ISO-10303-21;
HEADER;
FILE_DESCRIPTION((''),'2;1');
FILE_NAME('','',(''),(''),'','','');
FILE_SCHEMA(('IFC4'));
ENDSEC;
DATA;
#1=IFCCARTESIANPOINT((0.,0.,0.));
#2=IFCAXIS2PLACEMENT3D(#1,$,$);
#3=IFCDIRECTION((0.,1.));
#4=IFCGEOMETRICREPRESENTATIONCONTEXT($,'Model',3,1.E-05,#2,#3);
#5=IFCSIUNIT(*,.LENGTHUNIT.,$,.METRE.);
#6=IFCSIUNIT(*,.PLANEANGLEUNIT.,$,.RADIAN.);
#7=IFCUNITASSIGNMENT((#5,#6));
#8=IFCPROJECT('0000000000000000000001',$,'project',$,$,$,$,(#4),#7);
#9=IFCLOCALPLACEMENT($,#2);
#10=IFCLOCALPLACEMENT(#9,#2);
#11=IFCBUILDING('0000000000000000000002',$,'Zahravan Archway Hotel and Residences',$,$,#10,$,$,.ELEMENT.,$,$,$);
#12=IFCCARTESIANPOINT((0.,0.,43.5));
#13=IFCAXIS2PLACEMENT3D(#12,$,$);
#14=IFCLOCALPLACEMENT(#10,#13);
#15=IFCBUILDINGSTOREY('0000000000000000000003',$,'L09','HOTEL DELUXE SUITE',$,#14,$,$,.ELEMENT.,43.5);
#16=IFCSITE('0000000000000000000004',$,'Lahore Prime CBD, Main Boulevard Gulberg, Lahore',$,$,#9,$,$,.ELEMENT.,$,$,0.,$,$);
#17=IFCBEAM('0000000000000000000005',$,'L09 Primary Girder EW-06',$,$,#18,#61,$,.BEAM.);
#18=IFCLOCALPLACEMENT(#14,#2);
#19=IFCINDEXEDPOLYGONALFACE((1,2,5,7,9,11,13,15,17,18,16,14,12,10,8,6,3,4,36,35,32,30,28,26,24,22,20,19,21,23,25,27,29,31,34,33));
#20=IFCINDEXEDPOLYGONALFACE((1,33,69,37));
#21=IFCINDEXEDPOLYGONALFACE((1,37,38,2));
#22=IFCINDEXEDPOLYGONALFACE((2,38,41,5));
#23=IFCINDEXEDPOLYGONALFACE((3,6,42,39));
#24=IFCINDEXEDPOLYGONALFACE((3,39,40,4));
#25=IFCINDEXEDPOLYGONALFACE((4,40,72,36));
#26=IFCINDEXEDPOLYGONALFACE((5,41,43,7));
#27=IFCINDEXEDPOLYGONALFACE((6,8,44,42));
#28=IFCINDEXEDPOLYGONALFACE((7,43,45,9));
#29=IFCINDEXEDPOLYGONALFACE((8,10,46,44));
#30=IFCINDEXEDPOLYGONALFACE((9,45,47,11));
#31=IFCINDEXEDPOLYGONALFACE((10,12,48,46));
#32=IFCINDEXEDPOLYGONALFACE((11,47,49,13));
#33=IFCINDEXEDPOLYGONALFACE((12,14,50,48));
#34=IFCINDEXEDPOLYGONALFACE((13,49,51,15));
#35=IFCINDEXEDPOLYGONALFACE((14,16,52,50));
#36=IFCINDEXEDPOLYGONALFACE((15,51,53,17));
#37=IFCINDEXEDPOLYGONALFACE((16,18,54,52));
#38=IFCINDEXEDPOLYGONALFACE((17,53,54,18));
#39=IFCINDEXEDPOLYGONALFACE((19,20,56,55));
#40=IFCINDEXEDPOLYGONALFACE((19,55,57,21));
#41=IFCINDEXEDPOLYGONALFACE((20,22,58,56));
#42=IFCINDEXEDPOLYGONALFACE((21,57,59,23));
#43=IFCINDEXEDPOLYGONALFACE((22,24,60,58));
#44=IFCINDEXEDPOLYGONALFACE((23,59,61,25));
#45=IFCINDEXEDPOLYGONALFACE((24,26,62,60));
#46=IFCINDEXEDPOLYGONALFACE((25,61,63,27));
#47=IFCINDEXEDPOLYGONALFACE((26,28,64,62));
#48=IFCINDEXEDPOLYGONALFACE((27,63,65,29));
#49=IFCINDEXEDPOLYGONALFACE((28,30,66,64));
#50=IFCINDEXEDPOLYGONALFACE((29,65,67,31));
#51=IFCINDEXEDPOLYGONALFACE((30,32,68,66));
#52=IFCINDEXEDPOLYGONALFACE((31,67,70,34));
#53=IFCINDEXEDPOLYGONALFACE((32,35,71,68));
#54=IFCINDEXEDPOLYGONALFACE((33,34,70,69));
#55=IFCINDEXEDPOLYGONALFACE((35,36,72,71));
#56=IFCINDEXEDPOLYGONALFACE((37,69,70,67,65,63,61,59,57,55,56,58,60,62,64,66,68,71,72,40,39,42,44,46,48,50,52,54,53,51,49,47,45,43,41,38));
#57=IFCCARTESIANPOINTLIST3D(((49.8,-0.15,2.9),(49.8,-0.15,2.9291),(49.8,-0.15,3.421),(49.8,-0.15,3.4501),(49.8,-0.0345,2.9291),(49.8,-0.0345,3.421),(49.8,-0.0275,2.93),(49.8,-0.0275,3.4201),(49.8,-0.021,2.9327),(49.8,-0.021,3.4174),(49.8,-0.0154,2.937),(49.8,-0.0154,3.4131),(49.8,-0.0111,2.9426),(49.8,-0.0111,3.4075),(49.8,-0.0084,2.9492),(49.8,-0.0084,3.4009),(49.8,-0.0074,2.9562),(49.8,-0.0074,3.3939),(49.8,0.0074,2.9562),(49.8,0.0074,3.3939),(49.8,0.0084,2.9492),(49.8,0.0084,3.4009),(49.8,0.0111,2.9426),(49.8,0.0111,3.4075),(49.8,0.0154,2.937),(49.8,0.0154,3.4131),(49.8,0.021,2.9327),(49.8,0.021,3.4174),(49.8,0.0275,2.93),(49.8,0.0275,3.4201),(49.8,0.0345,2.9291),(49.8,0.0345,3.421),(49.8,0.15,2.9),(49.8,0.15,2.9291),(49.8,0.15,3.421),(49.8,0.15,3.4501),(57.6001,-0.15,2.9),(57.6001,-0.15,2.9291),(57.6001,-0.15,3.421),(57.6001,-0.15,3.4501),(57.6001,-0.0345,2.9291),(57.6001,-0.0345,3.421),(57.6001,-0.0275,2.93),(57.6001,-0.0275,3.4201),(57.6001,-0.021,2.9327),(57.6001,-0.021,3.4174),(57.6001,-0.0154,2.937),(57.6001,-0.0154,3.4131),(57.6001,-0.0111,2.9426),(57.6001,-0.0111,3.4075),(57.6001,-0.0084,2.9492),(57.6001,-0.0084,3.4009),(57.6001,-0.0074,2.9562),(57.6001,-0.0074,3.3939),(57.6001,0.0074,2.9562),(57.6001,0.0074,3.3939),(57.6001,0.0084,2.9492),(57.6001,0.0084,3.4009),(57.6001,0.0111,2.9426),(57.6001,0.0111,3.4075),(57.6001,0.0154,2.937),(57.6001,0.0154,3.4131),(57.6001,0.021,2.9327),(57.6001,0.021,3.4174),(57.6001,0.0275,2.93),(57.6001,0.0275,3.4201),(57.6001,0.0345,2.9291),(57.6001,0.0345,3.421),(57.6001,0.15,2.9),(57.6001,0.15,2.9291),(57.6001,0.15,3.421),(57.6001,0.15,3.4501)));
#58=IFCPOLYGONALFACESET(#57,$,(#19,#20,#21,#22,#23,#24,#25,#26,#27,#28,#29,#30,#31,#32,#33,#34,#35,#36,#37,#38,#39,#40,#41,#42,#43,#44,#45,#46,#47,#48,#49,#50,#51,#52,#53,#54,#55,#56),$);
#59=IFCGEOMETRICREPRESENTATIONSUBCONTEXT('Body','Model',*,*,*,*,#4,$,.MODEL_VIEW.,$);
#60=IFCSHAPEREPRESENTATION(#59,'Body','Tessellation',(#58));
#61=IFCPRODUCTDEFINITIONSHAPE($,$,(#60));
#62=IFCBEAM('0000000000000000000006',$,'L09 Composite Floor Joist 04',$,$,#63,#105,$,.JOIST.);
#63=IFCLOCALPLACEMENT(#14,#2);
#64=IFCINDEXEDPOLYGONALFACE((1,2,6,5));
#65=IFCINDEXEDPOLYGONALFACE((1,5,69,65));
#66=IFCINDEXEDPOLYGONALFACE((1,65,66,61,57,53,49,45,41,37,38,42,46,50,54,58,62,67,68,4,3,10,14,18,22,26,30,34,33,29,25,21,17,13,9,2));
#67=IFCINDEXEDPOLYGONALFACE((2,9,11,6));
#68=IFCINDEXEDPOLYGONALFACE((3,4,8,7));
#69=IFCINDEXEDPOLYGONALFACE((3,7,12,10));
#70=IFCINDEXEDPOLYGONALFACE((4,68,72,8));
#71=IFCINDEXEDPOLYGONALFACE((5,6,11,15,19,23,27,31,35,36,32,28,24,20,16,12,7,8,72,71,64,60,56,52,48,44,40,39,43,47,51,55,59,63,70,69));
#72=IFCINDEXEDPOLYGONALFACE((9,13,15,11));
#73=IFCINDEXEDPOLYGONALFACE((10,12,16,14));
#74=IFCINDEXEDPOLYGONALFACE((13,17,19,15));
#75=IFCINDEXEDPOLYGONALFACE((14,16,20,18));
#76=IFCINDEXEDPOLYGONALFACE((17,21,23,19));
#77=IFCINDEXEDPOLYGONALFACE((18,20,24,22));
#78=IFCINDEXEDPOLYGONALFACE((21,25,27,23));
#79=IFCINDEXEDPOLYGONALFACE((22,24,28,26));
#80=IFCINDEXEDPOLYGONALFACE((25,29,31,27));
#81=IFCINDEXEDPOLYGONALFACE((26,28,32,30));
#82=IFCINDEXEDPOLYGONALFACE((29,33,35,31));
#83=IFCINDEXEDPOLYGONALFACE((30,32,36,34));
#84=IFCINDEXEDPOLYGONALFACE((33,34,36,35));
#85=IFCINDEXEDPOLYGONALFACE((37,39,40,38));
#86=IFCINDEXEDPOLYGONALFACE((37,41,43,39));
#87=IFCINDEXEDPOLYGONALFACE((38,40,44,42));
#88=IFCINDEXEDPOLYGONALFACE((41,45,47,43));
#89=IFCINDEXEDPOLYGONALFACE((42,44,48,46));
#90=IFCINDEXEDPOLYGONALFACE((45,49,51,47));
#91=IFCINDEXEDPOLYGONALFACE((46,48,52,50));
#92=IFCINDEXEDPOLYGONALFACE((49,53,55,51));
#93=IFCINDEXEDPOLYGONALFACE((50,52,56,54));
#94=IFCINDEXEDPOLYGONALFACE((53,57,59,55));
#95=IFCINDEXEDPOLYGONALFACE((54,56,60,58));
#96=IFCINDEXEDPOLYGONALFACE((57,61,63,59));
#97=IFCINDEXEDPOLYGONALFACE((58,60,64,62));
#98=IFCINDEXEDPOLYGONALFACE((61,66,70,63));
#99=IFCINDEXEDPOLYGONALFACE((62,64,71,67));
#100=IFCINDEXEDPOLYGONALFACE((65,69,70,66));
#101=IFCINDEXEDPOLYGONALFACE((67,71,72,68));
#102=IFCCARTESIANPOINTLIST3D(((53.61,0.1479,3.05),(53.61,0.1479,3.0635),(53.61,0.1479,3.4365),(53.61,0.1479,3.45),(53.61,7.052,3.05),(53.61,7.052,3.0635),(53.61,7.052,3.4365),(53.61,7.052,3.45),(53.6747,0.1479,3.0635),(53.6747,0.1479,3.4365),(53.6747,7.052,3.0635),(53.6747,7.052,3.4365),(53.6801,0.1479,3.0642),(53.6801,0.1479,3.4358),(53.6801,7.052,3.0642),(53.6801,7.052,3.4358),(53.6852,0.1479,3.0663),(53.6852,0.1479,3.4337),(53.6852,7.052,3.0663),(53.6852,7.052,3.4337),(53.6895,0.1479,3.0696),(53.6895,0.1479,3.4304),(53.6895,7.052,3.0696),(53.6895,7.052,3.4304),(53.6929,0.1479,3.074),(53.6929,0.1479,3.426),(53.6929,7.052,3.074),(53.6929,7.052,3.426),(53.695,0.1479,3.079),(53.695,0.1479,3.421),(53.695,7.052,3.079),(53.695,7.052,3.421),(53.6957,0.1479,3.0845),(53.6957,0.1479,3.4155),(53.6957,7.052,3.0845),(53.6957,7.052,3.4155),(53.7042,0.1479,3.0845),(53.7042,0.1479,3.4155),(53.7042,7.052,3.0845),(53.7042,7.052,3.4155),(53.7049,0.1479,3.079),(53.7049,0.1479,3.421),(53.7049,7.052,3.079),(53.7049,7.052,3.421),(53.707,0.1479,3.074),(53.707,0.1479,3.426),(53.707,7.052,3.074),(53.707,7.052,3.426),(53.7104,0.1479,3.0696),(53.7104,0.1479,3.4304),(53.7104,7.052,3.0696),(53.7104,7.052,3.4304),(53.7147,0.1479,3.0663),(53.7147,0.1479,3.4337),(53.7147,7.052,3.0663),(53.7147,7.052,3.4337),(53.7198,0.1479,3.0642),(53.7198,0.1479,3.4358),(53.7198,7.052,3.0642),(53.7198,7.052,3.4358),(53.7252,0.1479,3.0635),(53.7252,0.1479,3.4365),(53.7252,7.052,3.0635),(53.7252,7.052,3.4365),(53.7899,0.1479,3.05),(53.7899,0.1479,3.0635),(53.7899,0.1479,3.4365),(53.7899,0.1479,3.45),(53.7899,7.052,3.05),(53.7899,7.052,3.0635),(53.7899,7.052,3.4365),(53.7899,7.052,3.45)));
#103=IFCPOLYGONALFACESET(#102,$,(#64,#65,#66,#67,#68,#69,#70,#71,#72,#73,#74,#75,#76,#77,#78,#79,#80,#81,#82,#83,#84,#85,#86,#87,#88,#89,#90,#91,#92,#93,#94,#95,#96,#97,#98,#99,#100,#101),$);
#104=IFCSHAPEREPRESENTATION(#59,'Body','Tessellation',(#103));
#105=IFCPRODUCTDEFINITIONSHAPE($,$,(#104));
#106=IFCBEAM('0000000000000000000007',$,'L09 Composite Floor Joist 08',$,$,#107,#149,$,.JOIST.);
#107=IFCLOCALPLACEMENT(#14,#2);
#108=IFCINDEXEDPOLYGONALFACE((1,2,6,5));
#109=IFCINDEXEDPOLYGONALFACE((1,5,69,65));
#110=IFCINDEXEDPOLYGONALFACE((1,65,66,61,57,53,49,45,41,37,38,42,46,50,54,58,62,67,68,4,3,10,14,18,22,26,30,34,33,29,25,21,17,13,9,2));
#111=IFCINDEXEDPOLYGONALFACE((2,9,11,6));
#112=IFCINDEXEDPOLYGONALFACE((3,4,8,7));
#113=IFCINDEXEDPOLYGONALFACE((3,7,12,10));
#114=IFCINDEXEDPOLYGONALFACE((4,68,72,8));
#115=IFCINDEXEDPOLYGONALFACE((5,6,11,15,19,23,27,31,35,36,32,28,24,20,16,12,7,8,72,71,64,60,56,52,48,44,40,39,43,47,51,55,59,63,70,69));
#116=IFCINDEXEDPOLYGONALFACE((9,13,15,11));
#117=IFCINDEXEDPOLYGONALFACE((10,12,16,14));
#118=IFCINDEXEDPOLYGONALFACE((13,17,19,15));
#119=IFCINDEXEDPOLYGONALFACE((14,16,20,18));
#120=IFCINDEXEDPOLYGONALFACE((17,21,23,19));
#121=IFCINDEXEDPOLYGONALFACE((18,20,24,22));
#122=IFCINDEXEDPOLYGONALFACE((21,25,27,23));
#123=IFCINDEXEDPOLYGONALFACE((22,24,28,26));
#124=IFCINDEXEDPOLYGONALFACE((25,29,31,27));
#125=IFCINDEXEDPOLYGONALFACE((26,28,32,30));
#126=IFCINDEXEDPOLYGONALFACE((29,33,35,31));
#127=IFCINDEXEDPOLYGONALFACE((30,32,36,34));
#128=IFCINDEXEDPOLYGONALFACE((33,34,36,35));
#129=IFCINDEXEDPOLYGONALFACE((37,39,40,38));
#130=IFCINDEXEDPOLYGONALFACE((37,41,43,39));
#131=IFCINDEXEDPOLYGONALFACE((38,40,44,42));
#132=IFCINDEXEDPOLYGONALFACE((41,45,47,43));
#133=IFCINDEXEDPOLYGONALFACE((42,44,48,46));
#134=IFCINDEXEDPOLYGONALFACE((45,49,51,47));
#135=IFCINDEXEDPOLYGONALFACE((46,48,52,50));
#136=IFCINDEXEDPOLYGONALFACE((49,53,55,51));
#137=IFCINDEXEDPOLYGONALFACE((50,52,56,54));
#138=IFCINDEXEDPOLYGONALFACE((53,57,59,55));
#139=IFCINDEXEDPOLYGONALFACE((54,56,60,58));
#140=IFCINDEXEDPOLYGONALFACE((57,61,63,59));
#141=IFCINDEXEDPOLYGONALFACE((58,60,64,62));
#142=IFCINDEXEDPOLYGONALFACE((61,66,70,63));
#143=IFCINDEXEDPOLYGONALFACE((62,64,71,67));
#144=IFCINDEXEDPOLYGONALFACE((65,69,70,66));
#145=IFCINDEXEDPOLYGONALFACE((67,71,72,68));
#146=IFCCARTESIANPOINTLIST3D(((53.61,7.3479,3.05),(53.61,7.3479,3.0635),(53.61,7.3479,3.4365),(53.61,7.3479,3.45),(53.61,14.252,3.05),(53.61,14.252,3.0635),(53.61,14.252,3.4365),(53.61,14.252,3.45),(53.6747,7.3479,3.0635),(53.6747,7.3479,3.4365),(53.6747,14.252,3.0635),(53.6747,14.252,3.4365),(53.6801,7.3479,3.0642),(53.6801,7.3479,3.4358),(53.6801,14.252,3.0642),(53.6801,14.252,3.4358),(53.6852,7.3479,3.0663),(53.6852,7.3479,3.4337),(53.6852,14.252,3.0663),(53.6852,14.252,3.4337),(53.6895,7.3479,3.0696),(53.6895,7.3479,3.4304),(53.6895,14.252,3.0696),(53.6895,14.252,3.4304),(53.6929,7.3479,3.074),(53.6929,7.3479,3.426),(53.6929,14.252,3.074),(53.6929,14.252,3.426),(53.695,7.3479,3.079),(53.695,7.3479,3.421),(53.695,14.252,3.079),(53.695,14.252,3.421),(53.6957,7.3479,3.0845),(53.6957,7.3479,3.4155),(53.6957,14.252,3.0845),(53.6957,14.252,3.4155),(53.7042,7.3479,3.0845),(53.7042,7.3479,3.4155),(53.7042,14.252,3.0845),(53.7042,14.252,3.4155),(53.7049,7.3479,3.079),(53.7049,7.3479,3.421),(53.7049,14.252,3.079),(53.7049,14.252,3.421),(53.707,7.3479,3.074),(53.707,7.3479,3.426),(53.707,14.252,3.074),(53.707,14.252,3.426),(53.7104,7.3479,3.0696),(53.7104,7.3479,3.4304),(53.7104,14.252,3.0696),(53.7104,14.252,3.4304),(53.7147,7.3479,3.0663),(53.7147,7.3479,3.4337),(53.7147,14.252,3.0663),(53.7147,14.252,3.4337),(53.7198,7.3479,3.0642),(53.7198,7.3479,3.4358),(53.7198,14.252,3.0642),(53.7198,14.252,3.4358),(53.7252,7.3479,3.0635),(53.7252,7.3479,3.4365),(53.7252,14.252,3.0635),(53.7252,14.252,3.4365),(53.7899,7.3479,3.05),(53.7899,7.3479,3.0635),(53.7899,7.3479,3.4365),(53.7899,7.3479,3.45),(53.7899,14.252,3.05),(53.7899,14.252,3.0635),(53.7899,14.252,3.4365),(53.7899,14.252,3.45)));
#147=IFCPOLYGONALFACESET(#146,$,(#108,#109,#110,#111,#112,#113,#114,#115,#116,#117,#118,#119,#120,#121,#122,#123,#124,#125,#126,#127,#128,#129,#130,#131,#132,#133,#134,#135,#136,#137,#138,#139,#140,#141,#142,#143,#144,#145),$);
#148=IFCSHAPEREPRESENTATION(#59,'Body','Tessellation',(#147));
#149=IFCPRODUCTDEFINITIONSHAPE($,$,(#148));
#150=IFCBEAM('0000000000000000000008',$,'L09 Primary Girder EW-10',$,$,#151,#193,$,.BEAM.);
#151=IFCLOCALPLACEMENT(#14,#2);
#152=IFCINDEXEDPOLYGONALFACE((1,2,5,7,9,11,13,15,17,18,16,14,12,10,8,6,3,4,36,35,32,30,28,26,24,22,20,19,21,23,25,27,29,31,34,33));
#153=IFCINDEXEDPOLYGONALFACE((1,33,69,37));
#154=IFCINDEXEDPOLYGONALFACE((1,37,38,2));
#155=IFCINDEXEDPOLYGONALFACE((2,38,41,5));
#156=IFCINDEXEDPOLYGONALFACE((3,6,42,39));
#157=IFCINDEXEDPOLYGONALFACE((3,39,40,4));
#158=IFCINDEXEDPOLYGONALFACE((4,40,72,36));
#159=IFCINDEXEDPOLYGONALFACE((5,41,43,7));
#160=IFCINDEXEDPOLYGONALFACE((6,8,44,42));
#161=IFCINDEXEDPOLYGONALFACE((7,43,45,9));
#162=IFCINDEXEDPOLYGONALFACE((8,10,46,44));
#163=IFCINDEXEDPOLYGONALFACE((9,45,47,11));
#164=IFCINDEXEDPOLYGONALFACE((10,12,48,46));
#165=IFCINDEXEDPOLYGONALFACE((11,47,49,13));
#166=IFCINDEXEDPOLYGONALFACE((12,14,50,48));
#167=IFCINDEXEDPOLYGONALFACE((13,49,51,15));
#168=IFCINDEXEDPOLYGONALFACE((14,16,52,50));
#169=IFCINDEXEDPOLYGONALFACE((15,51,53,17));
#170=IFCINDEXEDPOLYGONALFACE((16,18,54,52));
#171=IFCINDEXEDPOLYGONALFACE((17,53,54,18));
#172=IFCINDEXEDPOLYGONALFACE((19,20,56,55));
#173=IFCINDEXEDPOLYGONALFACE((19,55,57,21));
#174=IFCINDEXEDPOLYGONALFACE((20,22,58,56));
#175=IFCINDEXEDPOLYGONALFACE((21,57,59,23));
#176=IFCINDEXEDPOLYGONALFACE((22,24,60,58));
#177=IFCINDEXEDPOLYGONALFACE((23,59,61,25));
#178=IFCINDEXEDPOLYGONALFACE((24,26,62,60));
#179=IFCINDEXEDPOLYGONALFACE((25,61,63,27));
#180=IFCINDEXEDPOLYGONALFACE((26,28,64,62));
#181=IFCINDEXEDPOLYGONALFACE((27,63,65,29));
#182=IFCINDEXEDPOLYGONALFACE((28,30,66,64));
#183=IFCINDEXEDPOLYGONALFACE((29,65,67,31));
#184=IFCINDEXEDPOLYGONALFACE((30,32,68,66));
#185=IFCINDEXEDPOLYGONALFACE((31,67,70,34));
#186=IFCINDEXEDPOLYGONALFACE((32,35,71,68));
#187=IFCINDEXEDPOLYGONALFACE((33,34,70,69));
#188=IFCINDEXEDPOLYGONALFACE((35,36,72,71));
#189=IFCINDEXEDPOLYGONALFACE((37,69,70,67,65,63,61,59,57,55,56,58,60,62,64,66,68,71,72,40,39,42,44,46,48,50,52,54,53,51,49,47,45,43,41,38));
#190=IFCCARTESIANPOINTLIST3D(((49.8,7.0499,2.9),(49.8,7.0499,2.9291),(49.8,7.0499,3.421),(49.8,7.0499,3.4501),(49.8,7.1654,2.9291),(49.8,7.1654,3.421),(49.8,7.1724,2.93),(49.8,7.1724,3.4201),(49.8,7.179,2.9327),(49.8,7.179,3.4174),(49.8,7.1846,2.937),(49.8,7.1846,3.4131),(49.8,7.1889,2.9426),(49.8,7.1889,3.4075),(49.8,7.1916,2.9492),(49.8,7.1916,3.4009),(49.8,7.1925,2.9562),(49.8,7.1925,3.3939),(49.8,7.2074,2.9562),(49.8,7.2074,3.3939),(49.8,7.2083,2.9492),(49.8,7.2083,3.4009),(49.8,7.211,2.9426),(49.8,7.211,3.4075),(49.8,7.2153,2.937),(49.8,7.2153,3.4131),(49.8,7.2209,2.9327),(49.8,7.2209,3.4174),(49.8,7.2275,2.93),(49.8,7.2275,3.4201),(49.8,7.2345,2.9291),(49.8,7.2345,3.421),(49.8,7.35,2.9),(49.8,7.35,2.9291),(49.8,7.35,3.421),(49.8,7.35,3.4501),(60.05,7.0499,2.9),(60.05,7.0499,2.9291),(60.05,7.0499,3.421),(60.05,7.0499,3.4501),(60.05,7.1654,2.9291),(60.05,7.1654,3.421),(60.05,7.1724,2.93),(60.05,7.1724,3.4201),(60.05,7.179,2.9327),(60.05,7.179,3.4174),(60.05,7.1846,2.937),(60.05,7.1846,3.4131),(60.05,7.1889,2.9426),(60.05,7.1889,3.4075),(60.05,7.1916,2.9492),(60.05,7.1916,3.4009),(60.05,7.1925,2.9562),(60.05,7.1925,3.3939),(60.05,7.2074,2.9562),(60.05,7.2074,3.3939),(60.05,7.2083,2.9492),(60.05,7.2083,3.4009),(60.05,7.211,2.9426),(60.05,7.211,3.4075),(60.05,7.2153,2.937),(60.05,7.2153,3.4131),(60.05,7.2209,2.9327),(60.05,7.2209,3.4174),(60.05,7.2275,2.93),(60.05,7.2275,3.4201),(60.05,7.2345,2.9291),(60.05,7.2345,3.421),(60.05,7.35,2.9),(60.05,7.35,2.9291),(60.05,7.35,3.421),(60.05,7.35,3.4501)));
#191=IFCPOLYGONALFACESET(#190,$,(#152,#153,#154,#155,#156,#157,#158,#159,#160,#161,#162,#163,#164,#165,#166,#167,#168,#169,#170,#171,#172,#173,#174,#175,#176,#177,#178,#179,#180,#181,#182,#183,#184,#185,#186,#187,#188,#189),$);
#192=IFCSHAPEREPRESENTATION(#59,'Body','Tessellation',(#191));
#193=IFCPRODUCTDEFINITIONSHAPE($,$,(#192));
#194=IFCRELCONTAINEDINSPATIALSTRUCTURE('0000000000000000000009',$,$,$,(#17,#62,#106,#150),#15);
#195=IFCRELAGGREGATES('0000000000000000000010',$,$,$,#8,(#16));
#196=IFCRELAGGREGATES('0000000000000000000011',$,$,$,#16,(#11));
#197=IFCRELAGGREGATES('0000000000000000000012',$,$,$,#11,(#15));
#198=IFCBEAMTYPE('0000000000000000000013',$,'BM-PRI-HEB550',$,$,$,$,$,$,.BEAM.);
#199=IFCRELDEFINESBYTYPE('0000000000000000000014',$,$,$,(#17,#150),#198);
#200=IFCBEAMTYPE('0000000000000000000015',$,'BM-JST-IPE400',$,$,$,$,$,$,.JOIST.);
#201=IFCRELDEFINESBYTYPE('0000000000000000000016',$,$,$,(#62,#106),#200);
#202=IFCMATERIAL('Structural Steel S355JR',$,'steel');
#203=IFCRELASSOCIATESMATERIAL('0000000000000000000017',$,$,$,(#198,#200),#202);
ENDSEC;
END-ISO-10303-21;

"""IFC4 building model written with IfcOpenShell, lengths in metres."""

from ifc_helpers import new_model, si_unit, direction, frame, origin, origin_2d, place, context, subcontext, project, spatial, i_section, extrude, source, transform, mapped, material, material_profile, profile_set, type_object, type_shapes, element, save


model = new_model("IFC4")

# Units and contexts
model_context = context("Model", 3, precision=1e-05, world=origin(), true_north=direction((0.0, 1.0)))
body_context = subcontext(model_context, "Body", "Model", "MODEL_VIEW")
ifc_project = project(units=[si_unit("LENGTHUNIT", "METRE"), si_unit("PLANEANGLEUNIT", "RADIAN")], contexts=[model_context])

# Site, building, storey
site_placement = place(None, origin())
site = spatial("IfcSite", under=ifc_project, at=site_placement, Name="Lahore Prime CBD, Main Boulevard Gulberg, Lahore", CompositionType="ELEMENT", RefElevation=0.0)
building_placement = place(site_placement, origin())
building = spatial("IfcBuilding", under=site, at=building_placement, Name="Zahravan Archway Hotel and Residences", CompositionType="ELEMENT")
storey_placement = place(building_placement, frame((0.0, 0.0, 43.5)))
storey = spatial("IfcBuildingStorey", under=building, at=storey_placement, Name="L09", Description="HOTEL DELUXE SUITE", CompositionType="ELEMENT", Elevation=43.5)

# Beams
ifc_material_1 = material(Name="Structural Steel S355JR", Category="steel")
ifc_material_profile_1 = material_profile(ifc_material_1, i_section(OverallWidth=0.3, OverallDepth=0.55, WebThickness=0.0149, FlangeThickness=0.0291, FilletRadius=0.0271, at=origin_2d()), Name="HEB 550", Category="steel")
ifc_profile_set_1 = profile_set([ifc_material_profile_1], Name="Structural Steel S355JR")
beam_type_1 = type_object("IfcBeamType", Name="BM-PRI-HEB550", PredefinedType="BEAM", material=ifc_profile_set_1)
shared_shape_1 = source(origin(), body_context, "Body", "SweptSolid", [
    extrude(i_section(OverallWidth=0.3, OverallDepth=0.55, WebThickness=0.0149, FlangeThickness=0.0291, FilletRadius=0.0271, at=origin_2d()), origin(), (0.0, 0.0, 1.0), 7.8),
])
beam_1_placement = place(storey_placement, frame((49.8, 0.0, 3.175), z_axis=(1.0, 0.0, 0.0), x_axis=(0.0, 1.0, 0.0)))
element("IfcBeam", 1, at=beam_1_placement, inside=storey, type_object=beam_type_1, Name="L09 Primary Girder EW-06", PredefinedType="BEAM", context=body_context, shape_type="MappedRepresentation", body=[
    mapped(shared_shape_1, transform((0.0, 0.0, 0.0), scale=1.0)),
])
ifc_material_profile_2 = material_profile(ifc_material_1, i_section(OverallWidth=0.1799, OverallDepth=0.3999, WebThickness=0.0085, FlangeThickness=0.0134, FilletRadius=0.021, at=origin_2d()), Name="IPE 400", Category="steel")
ifc_profile_set_2 = profile_set([ifc_material_profile_2], Name="Structural Steel S355JR")
beam_type_2 = type_object("IfcBeamType", Name="BM-JST-IPE400", PredefinedType="JOIST", material=ifc_profile_set_2)
shared_shape_2 = source(origin(), body_context, "Body", "SweptSolid", [
    extrude(i_section(OverallWidth=0.1799, OverallDepth=0.3999, WebThickness=0.0085, FlangeThickness=0.0134, FilletRadius=0.021, at=origin_2d()), origin(), (0.0, 0.0, 1.0), 6.9041),
])
type_shapes(beam_type_2, [shared_shape_2])
for number, where, z_axis, x_axis, name in (
    (2, (53.7, 0.1479, 3.25), (0.0, 1.0, 0.0), (-1.0, 0.0, 0.0), "L09 Composite Floor Joist 04"),
    (3, (53.7, 7.3479, 3.25), (0.0, 1.0, 0.0), (-1.0, 0.0, 0.0), "L09 Composite Floor Joist 08"),
):
    element("IfcBeam", number, at=place(storey_placement, frame(where, z_axis=z_axis, x_axis=x_axis)), inside=storey, type_object=beam_type_2, Name=name, PredefinedType="JOIST", context=body_context, shape_type="MappedRepresentation", body=[
        mapped(shared_shape_2, transform((0.0, 0.0, 0.0), scale=1.0)),
    ])
shared_shape_3 = source(origin(), body_context, "Body", "SweptSolid", [
    extrude(i_section(OverallWidth=0.3, OverallDepth=0.55, WebThickness=0.0149, FlangeThickness=0.0291, FilletRadius=0.0271, at=origin_2d()), origin(), (0.0, 0.0, 1.0), 10.25),
])
beam_2_placement = place(storey_placement, frame((49.8, 7.2, 3.175), z_axis=(1.0, 0.0, 0.0), x_axis=(0.0, 1.0, 0.0)))
element("IfcBeam", 4, at=beam_2_placement, inside=storey, type_object=beam_type_1, Name="L09 Primary Girder EW-10", PredefinedType="BEAM", context=body_context, shape_type="MappedRepresentation", body=[
    mapped(shared_shape_3, transform((0.0, 0.0, 0.0), scale=1.0)),
])

save(model, "model.ifc")
